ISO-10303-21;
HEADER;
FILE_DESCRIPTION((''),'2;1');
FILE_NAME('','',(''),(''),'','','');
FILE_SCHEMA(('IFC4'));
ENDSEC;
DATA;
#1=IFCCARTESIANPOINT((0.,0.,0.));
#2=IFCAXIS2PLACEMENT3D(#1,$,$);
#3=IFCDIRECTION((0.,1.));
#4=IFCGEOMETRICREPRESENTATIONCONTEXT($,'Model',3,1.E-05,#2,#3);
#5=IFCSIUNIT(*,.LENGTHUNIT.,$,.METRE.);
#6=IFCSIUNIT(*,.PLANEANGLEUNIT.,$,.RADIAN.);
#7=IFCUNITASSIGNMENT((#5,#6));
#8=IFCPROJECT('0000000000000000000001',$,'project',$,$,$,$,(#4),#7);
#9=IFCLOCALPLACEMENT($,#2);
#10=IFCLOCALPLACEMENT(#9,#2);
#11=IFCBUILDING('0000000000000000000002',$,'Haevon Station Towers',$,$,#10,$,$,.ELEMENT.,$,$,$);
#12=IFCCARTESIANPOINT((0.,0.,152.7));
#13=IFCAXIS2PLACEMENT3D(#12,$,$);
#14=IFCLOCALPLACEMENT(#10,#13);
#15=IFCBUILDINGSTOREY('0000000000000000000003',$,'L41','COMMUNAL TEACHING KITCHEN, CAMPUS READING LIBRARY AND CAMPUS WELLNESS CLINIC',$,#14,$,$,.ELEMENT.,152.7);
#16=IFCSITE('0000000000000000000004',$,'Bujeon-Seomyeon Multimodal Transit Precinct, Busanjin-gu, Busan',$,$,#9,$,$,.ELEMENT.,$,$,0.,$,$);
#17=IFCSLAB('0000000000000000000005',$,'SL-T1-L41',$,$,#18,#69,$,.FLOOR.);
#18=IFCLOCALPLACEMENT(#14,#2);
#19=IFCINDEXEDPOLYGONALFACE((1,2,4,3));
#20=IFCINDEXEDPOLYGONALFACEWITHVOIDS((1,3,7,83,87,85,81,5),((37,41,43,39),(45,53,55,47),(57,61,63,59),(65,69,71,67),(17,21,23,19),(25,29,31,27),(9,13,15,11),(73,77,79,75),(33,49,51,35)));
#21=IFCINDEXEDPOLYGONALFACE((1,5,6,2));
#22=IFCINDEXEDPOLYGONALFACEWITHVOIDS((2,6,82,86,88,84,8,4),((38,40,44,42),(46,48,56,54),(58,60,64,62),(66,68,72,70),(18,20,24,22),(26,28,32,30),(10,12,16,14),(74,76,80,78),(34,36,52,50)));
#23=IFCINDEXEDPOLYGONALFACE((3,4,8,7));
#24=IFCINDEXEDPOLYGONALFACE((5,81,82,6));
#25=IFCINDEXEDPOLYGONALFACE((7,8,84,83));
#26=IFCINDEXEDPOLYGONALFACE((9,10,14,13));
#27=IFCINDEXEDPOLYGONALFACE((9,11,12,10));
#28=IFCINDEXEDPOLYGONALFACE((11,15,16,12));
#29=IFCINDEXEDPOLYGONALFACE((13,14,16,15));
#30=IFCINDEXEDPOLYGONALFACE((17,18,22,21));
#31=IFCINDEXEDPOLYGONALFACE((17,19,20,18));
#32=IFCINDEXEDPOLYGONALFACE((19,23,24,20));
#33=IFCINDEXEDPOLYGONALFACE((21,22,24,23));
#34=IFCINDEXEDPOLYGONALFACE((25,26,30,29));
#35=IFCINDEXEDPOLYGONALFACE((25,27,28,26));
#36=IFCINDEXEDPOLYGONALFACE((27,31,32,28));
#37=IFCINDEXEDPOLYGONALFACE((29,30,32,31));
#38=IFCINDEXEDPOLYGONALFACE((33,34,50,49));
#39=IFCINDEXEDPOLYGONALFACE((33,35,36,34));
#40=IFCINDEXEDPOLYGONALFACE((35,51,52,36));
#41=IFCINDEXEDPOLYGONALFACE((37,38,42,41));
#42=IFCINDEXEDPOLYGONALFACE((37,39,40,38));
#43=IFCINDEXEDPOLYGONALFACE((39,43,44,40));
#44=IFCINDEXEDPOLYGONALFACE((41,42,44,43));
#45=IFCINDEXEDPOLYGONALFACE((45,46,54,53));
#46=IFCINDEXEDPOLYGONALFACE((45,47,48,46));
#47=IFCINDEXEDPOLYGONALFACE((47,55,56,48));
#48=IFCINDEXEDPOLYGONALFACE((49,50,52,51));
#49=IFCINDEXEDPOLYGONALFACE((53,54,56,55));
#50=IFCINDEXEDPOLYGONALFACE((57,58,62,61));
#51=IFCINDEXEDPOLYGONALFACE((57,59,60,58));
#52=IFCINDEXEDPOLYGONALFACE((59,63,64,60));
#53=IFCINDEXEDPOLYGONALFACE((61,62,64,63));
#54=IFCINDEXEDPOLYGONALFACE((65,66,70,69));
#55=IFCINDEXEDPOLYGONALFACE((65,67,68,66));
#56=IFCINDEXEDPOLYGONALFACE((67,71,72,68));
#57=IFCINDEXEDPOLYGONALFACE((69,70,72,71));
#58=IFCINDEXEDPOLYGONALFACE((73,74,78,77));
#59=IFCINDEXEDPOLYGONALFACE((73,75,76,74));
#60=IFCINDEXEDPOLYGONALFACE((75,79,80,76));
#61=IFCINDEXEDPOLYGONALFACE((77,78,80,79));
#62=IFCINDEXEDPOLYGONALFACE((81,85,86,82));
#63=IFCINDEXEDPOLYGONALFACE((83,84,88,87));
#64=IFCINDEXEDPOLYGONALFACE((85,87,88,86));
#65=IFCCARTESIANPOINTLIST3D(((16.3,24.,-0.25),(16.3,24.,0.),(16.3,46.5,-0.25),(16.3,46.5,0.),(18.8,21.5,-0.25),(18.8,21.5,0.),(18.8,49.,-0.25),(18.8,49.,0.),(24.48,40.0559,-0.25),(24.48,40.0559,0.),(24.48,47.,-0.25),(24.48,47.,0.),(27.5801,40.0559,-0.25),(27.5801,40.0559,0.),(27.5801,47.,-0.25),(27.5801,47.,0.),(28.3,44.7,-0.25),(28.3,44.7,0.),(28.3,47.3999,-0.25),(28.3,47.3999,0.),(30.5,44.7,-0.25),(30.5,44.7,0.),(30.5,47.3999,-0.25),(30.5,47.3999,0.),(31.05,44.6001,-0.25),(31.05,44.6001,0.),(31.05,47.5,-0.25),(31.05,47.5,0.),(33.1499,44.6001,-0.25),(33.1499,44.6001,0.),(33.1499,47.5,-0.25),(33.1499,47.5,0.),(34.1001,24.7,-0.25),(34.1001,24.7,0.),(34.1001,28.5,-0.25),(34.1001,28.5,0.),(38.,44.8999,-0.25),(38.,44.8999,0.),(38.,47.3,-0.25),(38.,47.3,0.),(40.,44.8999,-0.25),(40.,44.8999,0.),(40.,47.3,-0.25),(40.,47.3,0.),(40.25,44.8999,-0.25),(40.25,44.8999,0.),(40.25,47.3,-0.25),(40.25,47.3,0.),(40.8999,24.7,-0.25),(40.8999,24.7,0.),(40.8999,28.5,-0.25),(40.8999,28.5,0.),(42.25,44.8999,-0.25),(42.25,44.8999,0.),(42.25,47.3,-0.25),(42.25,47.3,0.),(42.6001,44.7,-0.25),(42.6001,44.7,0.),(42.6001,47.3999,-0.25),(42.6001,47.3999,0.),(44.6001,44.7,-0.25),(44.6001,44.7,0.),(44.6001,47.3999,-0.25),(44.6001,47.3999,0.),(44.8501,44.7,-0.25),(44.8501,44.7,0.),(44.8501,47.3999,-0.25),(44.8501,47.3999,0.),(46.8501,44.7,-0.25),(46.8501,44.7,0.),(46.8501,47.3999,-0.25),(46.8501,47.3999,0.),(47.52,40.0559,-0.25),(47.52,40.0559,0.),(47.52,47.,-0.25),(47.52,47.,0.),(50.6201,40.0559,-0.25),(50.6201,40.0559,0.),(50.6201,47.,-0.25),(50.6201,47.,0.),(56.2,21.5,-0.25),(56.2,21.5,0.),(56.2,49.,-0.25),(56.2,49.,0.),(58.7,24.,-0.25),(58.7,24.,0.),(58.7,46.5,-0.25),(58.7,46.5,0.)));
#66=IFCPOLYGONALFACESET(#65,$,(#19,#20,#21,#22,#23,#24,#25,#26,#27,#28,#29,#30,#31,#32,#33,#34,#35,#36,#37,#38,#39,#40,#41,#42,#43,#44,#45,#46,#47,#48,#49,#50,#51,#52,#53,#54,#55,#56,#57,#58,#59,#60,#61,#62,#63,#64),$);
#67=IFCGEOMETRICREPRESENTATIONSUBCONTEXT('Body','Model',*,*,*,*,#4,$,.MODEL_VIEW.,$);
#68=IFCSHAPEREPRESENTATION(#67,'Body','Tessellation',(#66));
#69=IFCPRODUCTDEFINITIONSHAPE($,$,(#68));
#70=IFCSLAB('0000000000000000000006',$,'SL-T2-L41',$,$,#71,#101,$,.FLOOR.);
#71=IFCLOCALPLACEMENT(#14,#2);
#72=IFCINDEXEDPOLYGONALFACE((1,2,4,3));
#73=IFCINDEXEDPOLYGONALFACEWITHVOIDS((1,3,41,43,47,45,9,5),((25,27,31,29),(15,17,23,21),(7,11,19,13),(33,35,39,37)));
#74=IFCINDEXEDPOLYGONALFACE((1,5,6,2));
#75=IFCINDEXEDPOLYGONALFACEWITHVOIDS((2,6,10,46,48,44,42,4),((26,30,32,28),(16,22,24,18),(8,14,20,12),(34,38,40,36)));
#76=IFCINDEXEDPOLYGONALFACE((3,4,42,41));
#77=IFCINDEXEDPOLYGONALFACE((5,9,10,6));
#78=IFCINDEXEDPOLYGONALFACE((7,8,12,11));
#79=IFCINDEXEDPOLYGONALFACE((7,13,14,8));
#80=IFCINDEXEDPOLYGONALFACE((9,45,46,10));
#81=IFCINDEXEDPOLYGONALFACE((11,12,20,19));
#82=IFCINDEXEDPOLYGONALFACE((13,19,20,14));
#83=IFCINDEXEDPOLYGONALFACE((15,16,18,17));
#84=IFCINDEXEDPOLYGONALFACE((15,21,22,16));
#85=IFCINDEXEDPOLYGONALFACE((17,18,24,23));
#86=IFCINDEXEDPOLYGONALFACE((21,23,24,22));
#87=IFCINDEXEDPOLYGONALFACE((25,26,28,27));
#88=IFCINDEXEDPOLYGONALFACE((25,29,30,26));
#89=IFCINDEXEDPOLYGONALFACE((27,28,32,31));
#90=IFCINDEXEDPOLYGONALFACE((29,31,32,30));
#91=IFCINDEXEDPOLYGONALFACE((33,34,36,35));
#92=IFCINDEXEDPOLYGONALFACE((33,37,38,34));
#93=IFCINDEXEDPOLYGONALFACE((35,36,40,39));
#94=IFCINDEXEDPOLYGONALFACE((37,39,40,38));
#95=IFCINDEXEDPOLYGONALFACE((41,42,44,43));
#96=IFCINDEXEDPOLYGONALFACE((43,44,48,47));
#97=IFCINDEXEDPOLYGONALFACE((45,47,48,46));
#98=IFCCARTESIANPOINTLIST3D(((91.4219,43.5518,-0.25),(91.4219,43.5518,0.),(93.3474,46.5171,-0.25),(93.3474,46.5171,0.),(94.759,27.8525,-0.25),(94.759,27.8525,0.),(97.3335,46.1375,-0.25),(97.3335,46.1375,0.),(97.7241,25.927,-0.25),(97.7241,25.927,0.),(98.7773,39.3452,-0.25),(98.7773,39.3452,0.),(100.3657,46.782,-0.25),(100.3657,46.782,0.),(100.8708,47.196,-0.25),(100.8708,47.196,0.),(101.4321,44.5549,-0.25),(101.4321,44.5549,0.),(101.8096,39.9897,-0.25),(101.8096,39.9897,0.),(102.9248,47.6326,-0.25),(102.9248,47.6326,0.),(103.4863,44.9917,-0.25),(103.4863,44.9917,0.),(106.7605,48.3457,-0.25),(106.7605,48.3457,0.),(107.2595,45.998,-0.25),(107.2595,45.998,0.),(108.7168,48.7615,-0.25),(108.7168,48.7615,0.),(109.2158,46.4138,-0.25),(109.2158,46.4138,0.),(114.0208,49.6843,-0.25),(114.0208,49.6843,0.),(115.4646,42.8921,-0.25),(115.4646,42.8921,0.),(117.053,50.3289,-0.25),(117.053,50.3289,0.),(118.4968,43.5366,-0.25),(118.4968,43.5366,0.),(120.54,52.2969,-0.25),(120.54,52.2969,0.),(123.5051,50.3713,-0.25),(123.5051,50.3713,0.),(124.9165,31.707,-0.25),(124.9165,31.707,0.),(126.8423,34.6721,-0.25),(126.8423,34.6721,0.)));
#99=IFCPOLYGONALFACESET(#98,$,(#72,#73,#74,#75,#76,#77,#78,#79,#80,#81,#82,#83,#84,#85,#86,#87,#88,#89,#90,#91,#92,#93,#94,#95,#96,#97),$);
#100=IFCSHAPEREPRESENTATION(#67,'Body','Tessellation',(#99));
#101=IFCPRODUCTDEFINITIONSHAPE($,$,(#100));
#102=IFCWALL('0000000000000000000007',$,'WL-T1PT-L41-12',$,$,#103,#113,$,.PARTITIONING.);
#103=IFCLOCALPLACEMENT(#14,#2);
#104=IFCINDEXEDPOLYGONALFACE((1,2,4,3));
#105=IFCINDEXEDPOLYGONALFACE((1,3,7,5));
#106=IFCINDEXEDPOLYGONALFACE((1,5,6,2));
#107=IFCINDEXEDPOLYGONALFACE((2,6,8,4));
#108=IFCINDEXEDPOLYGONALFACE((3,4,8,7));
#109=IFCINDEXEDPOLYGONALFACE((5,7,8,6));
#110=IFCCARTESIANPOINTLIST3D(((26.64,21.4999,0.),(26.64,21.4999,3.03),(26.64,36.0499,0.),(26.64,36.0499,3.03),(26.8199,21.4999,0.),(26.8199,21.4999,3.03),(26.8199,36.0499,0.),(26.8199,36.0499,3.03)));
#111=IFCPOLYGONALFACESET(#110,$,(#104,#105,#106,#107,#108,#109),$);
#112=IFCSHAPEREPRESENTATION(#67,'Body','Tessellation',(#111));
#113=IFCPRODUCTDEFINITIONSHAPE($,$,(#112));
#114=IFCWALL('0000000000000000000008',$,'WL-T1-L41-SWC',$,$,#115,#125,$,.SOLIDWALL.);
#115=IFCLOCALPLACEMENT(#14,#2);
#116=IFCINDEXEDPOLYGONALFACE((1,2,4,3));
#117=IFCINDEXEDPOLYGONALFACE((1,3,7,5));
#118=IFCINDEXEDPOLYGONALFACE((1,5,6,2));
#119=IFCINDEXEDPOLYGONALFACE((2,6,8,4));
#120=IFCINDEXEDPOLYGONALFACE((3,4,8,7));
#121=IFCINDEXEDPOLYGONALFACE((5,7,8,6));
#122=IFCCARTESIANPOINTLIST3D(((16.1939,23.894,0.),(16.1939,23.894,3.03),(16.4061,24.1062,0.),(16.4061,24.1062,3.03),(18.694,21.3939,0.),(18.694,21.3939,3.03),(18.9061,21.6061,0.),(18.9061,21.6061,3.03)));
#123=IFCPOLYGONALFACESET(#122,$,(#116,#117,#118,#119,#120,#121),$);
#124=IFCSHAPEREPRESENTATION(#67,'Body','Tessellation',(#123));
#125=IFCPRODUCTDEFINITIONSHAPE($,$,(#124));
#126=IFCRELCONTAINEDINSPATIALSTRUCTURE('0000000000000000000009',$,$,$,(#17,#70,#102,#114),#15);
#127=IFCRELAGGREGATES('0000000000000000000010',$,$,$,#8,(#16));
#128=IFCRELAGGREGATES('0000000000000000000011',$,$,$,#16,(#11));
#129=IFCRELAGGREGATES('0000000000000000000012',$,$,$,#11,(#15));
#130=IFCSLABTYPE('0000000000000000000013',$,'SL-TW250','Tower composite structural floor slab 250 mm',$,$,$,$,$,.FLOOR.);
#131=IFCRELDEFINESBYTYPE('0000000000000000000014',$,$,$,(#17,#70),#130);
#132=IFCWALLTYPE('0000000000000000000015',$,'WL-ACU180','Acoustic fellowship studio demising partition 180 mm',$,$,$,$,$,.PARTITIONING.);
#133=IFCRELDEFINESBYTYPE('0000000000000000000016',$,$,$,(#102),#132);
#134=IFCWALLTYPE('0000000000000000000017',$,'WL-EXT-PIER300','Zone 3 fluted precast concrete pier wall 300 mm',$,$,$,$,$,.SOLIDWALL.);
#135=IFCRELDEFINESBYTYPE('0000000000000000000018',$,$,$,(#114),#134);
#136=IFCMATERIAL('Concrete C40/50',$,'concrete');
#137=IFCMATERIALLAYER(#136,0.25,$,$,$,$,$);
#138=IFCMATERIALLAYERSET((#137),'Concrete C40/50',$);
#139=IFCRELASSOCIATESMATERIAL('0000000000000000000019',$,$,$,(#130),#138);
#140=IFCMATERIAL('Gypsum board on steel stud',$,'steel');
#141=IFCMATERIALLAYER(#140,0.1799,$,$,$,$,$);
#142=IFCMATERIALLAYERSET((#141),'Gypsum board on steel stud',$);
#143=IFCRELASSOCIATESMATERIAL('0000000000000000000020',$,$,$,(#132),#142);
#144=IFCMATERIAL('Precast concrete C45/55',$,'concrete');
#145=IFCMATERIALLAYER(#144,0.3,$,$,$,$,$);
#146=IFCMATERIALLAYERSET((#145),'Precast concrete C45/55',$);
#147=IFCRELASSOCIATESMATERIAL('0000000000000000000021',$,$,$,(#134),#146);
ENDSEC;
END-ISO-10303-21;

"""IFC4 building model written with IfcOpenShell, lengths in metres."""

from ifc_helpers import new_model, si_unit, direction, frame, frame_2d, origin, place, context, subcontext, project, spatial, polyline, rectangle, outline, extrude, material, layer, layer_set, type_object, element, save


model = new_model("IFC4")

# Units and contexts
model_context = context("Model", 3, precision=1e-05, world=origin(), true_north=direction((0.0, 1.0)))
body_context = subcontext(model_context, "Body", "Model", "MODEL_VIEW")
ifc_project = project(units=[si_unit("LENGTHUNIT", "METRE"), si_unit("PLANEANGLEUNIT", "RADIAN")], contexts=[model_context])

# Site, building, storey
site_placement = place(None, origin())
site = spatial("IfcSite", under=ifc_project, at=site_placement, Name="Bujeon-Seomyeon Multimodal Transit Precinct, Busanjin-gu, Busan", CompositionType="ELEMENT", RefElevation=0.0)
building_placement = place(site_placement, origin())
building = spatial("IfcBuilding", under=site, at=building_placement, Name="Haevon Station Towers", CompositionType="ELEMENT")
storey_placement = place(building_placement, frame((0.0, 0.0, 152.7)))
storey = spatial("IfcBuildingStorey", under=building, at=storey_placement, Name="L41", Description="COMMUNAL TEACHING KITCHEN, CAMPUS READING LIBRARY AND CAMPUS WELLNESS CLINIC", CompositionType="ELEMENT", Elevation=152.7)

# Shared definitions
ifc_material_1 = material(Name="Concrete C40/50", Category="concrete")

# Slabs
ifc_layer_1 = layer(ifc_material_1, 0.25)
ifc_layer_set_1 = layer_set([ifc_layer_1], Name="Concrete C40/50")
slab_type_1 = type_object("IfcSlabType", Name="SL-TW250", Description="Tower composite structural floor slab 250 mm", PredefinedType="FLOOR", material=ifc_layer_set_1)
slab_1_placement = place(storey_placement, frame((0.0, 0.0, -0.25)))
element("IfcSlab", 1, at=slab_1_placement, inside=storey, type_object=slab_type_1, Name="SL-T1-L41", PredefinedType="FLOOR", context=body_context, shape_type="SweptSolid", body=[
    extrude(outline(polyline([(18.8, 21.5), (56.2, 21.5), (58.7, 24.0), (58.7, 46.5), (56.2, 49.0), (18.8, 49.0), (16.3, 46.5), (16.3, 24.0), (18.8, 21.5)]), holes=[polyline([(27.5801, 40.0559), (27.5801, 47.0), (24.48, 47.0), (24.48, 40.0559), (27.5801, 40.0559)]), polyline([(50.6201, 40.0559), (50.6201, 47.0), (47.52, 47.0), (47.52, 40.0559), (50.6201, 40.0559)]), polyline([(28.3, 44.7), (30.5, 44.7), (30.5, 47.3999), (28.3, 47.3999), (28.3, 44.7)]), polyline([(31.05, 44.6001), (33.1499, 44.6001), (33.1499, 47.5), (31.05, 47.5), (31.05, 44.6001)]), polyline([(38.0, 44.8999), (40.0, 44.8999), (40.0, 47.3), (38.0, 47.3), (38.0, 44.8999)]), polyline([(40.25, 44.8999), (42.25, 44.8999), (42.25, 47.3), (40.25, 47.3), (40.25, 44.8999)]), polyline([(42.6001, 44.7), (44.6001, 44.7), (44.6001, 47.3999), (42.6001, 47.3999), (42.6001, 44.7)]), polyline([(44.8501, 44.7), (46.8501, 44.7), (46.8501, 47.3999), (44.8501, 47.3999), (44.8501, 44.7)]), polyline([(34.1001, 24.7), (40.8999, 24.7), (40.8999, 28.5), (34.1001, 28.5), (34.1001, 24.7)])]), origin(), (0.0, 0.0, 1.0), 0.25),
])
slab_2_placement = place(storey_placement, frame((0.0, 0.0, -0.25)))
element("IfcSlab", 2, at=slab_2_placement, inside=storey, type_object=slab_type_1, Name="SL-T2-L41", PredefinedType="FLOOR", context=body_context, shape_type="SweptSolid", body=[
    extrude(outline(polyline([(97.7241, 25.927), (124.9165, 31.707), (126.8423, 34.6721), (123.5051, 50.3713), (120.54, 52.2969), (93.3474, 46.5171), (91.4219, 43.5518), (94.759, 27.8525), (97.7241, 25.927)]), holes=[polyline([(101.8096, 39.9897), (100.3657, 46.782), (97.3335, 46.1375), (98.7773, 39.3452), (101.8096, 39.9897)]), polyline([(118.4968, 43.5366), (117.053, 50.3289), (114.0208, 49.6843), (115.4646, 42.8921), (118.4968, 43.5366)]), polyline([(101.4321, 44.5549), (103.4863, 44.9917), (102.9248, 47.6326), (100.8708, 47.196), (101.4321, 44.5549)]), polyline([(107.2595, 45.998), (109.2158, 46.4138), (108.7168, 48.7615), (106.7605, 48.3457), (107.2595, 45.998)])]), origin(), (0.0, 0.0, 1.0), 0.25),
])

# Walls
ifc_material_2 = material(Name="Gypsum board on steel stud", Category="steel")
ifc_layer_2 = layer(ifc_material_2, 0.1799)
ifc_layer_set_2 = layer_set([ifc_layer_2], Name="Gypsum board on steel stud")
wall_type_1 = type_object("IfcWallType", Name="WL-ACU180", Description="Acoustic fellowship studio demising partition 180 mm", PredefinedType="PARTITIONING", material=ifc_layer_set_2)
wall_1_placement = place(storey_placement, frame((26.73, 21.5, 0.0), z_axis=(0.0, 0.0, 1.0), x_axis=(0.0, 1.0, 0.0)))
element("IfcWall", 3, at=wall_1_placement, inside=storey, type_object=wall_type_1, Name="WL-T1PT-L41-12", PredefinedType="PARTITIONING", context=body_context, shape_type="SweptSolid", body=[
    extrude(rectangle(XDim=14.55, YDim=0.1799, at=frame_2d((7.2749, 0.0))), origin(), (0.0, 0.0, 1.0), 3.03),
])
ifc_material_3 = material(Name="Precast concrete C45/55", Category="concrete")
ifc_layer_3 = layer(ifc_material_3, 0.3)
ifc_layer_set_3 = layer_set([ifc_layer_3], Name="Precast concrete C45/55")
wall_type_2 = type_object("IfcWallType", Name="WL-EXT-PIER300", Description="Zone 3 fluted precast concrete pier wall 300 mm", PredefinedType="SOLIDWALL", material=ifc_layer_set_3)
wall_2_placement = place(storey_placement, frame((18.8, 21.5, 0.0), z_axis=(0.0, 0.0, 1.0), x_axis=(-0.707107, 0.707107, 0.0)))
element("IfcWall", 4, at=wall_2_placement, inside=storey, type_object=wall_type_2, Name="WL-T1-L41-SWC", PredefinedType="SOLIDWALL", context=body_context, shape_type="SweptSolid", body=[
    extrude(rectangle(XDim=3.5356, YDim=0.3, at=frame_2d((1.7678, 0.0))), origin(), (0.0, 0.0, 1.0), 3.03),
])

save(model, "model.ifc")
